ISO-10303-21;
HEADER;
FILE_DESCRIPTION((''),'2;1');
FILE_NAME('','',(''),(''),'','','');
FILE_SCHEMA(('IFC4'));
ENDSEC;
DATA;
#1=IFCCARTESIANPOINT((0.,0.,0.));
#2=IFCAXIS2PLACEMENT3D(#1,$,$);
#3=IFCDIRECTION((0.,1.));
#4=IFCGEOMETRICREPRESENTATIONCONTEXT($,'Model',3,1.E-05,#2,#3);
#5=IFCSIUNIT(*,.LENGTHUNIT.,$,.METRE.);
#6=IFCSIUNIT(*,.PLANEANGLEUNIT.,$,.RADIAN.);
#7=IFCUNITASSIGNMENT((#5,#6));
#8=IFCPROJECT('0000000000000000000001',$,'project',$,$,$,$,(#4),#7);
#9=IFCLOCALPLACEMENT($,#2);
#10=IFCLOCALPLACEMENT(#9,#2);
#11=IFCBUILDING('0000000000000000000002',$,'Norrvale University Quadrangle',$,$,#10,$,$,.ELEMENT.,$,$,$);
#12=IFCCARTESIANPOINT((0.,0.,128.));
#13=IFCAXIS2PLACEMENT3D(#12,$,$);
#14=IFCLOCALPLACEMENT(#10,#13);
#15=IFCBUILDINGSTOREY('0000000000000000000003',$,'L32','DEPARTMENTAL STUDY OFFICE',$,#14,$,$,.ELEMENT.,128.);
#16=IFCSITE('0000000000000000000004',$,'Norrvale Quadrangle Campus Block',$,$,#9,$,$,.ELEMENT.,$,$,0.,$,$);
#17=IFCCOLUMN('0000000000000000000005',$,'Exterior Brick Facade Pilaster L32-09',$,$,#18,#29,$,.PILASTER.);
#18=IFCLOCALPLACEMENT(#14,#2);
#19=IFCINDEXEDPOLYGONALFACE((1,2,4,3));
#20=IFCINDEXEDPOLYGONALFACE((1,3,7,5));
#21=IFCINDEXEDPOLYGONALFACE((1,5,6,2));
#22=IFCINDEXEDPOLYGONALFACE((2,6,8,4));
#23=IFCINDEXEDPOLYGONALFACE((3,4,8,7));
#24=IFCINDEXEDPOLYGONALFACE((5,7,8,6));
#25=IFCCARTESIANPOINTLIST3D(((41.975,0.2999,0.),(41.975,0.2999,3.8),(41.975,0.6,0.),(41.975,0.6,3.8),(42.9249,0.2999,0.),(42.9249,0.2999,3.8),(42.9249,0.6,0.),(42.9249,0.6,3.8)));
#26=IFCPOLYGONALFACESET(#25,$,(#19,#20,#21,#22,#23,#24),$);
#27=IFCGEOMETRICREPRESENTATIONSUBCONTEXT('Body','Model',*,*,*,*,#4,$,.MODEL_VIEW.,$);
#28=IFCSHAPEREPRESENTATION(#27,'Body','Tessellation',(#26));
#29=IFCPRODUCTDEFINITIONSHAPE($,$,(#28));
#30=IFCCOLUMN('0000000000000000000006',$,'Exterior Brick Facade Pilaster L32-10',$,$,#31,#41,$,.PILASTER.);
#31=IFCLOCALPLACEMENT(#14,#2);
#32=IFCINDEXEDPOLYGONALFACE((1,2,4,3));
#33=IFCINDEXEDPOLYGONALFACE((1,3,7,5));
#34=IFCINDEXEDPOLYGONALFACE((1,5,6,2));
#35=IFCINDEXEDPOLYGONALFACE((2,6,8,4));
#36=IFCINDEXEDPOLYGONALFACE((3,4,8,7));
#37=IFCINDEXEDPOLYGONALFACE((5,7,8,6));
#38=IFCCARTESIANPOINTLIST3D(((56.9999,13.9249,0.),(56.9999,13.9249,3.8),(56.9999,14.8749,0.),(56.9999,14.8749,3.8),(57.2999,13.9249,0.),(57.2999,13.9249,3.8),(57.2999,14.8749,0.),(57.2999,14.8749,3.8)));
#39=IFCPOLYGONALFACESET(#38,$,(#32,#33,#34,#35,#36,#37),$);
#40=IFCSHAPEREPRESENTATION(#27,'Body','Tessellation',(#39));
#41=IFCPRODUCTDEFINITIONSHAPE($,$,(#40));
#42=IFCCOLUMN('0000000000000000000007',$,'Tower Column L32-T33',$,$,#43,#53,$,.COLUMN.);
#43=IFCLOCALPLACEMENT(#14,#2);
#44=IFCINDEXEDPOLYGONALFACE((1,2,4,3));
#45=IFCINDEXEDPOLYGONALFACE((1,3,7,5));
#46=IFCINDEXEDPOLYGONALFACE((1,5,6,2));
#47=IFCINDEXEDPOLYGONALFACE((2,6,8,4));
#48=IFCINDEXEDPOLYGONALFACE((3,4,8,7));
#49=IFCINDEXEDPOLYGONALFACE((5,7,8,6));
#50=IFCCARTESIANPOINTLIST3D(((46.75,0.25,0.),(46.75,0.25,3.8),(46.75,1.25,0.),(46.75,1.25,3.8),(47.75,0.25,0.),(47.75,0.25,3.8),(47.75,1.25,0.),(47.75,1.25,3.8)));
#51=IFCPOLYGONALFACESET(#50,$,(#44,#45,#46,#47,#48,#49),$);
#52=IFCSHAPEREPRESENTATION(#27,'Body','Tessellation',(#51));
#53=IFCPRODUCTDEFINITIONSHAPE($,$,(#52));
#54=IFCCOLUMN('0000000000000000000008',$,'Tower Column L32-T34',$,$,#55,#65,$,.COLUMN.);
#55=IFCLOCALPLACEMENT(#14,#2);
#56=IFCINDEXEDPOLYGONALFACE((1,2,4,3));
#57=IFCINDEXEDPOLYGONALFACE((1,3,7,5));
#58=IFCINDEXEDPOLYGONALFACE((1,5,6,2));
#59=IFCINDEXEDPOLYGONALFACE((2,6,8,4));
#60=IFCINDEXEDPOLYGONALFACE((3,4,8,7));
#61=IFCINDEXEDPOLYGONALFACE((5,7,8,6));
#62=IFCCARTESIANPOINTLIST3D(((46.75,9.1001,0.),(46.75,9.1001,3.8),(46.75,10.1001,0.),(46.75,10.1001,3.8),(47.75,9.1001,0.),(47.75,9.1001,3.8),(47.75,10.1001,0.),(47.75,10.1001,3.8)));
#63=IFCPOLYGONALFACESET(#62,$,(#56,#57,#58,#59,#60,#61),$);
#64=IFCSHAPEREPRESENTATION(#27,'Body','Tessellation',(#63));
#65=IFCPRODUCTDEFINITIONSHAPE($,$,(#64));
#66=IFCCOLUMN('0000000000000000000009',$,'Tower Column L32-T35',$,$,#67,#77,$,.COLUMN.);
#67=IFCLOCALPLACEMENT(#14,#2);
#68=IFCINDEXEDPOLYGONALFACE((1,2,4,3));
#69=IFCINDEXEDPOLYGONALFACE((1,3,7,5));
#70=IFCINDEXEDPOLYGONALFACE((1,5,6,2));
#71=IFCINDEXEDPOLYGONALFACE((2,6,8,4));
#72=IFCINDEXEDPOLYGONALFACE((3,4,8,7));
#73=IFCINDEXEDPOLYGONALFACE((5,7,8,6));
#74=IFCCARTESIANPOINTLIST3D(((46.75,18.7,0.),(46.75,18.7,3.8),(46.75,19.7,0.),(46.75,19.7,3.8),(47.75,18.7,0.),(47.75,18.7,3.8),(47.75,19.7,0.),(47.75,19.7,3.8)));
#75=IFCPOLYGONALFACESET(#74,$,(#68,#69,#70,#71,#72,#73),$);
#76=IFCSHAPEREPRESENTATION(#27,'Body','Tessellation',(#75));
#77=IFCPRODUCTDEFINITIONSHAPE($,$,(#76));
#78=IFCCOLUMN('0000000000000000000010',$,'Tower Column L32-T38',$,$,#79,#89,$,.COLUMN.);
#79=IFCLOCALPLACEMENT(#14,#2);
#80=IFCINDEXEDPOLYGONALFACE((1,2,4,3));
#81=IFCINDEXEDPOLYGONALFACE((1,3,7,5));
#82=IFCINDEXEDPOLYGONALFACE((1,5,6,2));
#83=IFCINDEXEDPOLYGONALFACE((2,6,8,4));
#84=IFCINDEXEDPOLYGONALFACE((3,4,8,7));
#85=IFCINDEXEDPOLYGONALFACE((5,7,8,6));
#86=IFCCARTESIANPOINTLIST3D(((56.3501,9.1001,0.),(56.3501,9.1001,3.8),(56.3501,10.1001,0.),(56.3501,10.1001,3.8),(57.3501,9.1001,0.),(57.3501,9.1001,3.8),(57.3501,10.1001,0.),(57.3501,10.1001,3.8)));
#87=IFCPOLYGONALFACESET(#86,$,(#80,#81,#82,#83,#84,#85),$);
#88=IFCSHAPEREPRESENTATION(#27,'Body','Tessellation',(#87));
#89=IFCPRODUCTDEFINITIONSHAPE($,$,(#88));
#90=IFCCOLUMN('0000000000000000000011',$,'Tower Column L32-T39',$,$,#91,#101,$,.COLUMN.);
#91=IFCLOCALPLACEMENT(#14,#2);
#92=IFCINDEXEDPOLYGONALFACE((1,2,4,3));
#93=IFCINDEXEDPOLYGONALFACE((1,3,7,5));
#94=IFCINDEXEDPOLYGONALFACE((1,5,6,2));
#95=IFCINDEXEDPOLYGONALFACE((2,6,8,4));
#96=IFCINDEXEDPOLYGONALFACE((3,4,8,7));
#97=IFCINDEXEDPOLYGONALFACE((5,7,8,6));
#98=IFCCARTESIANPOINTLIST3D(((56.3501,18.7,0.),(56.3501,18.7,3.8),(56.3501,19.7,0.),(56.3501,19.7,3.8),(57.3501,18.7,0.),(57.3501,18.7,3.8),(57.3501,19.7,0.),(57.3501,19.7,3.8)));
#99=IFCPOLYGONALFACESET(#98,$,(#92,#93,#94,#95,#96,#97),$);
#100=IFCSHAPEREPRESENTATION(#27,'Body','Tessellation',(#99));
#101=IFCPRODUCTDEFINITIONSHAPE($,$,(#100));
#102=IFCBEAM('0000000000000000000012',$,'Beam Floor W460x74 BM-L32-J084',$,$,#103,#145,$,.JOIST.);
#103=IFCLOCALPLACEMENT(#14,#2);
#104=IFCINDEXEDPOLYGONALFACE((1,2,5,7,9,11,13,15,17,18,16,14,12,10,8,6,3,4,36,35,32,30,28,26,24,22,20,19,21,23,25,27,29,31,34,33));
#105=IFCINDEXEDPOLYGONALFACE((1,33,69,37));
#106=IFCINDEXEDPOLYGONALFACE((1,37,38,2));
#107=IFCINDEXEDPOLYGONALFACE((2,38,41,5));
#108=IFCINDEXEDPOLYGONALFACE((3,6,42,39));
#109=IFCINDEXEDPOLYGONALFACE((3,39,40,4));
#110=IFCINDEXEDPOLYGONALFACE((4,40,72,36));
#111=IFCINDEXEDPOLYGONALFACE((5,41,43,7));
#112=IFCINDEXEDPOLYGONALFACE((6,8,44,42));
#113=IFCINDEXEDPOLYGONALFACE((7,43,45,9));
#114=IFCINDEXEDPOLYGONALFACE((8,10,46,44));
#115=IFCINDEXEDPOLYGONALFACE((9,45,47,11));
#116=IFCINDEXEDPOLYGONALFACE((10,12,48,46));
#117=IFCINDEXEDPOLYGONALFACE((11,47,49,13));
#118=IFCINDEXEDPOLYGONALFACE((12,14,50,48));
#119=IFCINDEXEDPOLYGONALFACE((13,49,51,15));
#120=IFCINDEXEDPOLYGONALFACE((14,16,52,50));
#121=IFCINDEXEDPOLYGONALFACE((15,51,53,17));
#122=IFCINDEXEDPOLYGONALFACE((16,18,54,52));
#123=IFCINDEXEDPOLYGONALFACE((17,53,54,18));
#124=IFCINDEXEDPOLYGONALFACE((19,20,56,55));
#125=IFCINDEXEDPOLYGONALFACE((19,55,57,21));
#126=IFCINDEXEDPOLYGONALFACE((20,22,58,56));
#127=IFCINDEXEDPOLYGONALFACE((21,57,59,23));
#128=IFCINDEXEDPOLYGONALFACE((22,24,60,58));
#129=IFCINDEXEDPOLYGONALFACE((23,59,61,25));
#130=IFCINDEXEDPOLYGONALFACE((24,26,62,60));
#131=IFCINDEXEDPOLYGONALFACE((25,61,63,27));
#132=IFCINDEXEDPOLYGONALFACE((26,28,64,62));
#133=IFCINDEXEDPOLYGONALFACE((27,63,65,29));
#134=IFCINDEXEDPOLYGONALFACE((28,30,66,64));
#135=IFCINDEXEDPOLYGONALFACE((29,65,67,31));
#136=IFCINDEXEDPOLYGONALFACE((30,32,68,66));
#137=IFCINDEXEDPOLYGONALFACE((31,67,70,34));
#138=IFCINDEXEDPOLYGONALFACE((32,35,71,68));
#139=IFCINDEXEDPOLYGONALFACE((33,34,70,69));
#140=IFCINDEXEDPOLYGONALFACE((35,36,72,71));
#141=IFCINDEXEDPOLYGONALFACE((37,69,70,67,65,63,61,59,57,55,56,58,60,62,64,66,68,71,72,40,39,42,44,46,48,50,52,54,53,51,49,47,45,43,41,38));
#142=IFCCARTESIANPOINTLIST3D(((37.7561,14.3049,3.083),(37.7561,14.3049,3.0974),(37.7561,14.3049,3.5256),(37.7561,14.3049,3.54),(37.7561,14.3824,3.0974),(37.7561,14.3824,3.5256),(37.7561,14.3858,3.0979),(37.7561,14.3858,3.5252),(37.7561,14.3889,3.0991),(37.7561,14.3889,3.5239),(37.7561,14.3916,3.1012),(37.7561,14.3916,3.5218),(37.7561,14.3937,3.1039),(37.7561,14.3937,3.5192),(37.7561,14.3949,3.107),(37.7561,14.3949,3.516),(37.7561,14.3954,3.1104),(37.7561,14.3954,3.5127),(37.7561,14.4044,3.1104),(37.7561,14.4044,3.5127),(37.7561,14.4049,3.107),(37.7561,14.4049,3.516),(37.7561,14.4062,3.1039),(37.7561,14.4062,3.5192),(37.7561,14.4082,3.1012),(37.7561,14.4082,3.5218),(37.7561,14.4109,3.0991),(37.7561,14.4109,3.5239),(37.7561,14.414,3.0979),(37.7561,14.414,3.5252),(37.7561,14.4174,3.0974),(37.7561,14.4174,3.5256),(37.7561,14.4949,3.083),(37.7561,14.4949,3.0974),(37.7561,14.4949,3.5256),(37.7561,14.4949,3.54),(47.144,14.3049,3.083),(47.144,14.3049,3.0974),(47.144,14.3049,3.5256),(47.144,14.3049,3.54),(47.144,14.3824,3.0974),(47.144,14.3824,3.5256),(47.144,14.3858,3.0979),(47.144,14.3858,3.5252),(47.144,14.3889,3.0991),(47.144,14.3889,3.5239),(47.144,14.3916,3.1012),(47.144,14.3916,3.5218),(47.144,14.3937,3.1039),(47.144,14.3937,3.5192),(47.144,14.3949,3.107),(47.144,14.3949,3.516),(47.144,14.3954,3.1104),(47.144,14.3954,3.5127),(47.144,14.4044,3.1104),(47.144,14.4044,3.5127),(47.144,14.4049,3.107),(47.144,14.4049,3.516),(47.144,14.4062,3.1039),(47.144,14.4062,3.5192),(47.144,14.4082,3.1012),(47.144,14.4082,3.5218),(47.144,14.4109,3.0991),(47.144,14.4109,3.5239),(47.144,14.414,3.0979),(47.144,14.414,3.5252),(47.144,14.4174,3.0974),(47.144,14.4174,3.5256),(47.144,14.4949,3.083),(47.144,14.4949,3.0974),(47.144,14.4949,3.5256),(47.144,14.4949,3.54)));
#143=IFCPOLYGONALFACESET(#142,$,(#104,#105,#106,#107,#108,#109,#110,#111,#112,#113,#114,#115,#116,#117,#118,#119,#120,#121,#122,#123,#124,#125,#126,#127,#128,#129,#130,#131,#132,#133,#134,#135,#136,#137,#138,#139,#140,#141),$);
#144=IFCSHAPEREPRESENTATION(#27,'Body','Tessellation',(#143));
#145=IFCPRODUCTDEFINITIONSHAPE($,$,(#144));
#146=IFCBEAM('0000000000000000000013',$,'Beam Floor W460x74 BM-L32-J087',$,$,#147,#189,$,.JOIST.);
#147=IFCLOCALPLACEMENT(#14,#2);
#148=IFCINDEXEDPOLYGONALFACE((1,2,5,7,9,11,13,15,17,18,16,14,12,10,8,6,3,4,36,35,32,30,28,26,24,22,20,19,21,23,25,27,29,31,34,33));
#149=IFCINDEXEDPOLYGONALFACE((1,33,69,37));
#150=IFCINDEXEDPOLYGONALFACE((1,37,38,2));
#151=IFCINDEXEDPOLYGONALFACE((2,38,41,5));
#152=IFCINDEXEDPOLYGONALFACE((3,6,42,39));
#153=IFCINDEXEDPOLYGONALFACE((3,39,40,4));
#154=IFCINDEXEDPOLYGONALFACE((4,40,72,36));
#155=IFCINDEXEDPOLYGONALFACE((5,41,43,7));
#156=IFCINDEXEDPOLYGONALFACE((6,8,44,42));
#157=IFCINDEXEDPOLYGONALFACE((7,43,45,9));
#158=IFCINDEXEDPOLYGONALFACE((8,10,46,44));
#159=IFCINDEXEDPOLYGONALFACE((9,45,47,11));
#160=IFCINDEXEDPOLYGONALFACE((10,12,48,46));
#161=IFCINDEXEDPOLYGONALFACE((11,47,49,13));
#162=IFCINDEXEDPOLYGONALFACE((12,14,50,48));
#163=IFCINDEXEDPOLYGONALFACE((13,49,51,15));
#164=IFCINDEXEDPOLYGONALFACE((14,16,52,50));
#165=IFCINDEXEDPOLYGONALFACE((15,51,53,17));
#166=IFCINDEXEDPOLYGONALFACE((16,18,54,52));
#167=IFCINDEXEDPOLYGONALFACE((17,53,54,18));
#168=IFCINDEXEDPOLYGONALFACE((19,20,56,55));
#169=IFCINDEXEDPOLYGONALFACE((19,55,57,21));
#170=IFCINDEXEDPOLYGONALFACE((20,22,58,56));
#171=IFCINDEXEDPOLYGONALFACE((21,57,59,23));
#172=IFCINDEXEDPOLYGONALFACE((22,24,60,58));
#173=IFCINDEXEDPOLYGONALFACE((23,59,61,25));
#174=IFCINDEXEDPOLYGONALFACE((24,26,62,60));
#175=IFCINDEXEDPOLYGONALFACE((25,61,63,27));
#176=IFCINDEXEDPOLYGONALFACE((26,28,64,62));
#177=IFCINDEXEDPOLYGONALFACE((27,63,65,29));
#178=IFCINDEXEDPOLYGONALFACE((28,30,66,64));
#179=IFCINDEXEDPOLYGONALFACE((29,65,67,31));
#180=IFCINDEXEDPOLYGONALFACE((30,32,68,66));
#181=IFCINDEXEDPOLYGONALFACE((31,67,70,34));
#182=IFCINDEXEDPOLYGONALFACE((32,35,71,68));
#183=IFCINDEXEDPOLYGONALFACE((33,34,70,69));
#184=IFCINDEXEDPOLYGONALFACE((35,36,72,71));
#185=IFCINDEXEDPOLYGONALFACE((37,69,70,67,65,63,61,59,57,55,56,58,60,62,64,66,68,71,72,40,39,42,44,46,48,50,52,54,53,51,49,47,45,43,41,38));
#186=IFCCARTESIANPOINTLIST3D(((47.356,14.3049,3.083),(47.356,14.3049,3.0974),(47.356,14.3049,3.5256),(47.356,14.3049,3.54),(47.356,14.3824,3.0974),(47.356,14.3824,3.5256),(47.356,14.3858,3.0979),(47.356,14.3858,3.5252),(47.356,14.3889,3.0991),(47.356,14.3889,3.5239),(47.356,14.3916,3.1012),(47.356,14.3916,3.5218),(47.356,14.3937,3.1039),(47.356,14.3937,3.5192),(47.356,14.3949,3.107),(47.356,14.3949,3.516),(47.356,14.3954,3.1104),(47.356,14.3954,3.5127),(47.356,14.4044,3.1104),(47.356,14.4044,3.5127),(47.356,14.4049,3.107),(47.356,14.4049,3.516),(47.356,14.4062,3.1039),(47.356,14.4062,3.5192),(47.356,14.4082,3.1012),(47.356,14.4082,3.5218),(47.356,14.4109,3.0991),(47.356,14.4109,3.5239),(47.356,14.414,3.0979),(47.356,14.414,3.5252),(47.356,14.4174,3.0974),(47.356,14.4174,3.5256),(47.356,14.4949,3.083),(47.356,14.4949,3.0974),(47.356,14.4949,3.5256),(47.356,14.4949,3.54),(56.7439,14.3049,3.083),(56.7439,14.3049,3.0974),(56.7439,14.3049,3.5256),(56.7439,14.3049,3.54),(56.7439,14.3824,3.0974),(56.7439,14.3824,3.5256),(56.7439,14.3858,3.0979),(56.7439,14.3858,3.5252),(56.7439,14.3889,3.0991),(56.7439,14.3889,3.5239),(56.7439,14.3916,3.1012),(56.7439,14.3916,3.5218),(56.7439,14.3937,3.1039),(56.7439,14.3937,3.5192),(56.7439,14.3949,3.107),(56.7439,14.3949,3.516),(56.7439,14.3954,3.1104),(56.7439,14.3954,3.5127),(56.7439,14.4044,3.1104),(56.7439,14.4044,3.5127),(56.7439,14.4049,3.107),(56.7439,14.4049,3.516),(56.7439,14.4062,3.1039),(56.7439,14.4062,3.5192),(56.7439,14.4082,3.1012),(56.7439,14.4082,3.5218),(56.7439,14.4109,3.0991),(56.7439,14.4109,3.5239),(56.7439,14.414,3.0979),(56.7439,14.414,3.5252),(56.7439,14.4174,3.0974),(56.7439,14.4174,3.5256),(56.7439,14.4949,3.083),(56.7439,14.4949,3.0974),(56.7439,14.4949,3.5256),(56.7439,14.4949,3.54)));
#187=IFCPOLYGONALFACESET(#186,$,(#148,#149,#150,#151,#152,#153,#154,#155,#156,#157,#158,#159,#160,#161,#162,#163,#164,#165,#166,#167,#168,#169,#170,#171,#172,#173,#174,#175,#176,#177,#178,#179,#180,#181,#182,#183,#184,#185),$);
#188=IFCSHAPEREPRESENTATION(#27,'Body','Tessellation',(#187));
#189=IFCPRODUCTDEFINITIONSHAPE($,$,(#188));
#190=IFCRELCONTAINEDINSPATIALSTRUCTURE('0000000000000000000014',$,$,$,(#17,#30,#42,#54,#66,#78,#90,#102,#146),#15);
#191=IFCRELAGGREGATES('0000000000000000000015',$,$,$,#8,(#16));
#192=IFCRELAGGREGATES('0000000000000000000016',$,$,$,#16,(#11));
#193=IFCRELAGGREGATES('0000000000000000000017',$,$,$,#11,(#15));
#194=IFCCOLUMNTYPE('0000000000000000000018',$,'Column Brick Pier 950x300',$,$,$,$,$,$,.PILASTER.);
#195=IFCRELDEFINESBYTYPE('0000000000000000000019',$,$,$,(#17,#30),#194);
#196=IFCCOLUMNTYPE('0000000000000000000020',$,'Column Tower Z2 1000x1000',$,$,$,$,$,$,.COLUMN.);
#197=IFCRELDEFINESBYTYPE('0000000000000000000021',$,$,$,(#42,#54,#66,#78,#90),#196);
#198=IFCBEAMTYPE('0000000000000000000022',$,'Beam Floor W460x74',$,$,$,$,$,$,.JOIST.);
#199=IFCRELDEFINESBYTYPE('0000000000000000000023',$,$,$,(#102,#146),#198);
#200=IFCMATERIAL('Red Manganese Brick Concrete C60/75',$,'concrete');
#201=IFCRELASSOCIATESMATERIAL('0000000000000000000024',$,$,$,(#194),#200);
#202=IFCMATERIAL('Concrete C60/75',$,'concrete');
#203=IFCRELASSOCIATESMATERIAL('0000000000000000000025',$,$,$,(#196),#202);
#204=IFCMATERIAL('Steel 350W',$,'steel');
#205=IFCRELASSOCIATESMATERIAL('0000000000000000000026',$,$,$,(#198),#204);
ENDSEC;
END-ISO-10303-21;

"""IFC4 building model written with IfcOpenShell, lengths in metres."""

from ifc_helpers import new_model, si_unit, direction, frame, origin, origin_2d, place, context, subcontext, project, spatial, rectangle, i_section, extrude, material, material_profile, profile_set, type_object, element, save


model = new_model("IFC4")

# Units and contexts
model_context = context("Model", 3, precision=1e-05, world=origin(), true_north=direction((0.0, 1.0)))
body_context = subcontext(model_context, "Body", "Model", "MODEL_VIEW")
ifc_project = project(units=[si_unit("LENGTHUNIT", "METRE"), si_unit("PLANEANGLEUNIT", "RADIAN")], contexts=[model_context])

# Site, building, storey
site_placement = place(None, origin())
site = spatial("IfcSite", under=ifc_project, at=site_placement, Name="Norrvale Quadrangle Campus Block", CompositionType="ELEMENT", RefElevation=0.0)
building_placement = place(site_placement, origin())
building = spatial("IfcBuilding", under=site, at=building_placement, Name="Norrvale University Quadrangle", CompositionType="ELEMENT")
storey_placement = place(building_placement, frame((0.0, 0.0, 128.0)))
storey = spatial("IfcBuildingStorey", under=building, at=storey_placement, Name="L32", Description="DEPARTMENTAL STUDY OFFICE", CompositionType="ELEMENT", Elevation=128.0)

# Columns
ifc_material_1 = material(Name="Red Manganese Brick Concrete C60/75", Category="concrete")
ifc_material_profile_1 = material_profile(ifc_material_1, rectangle(XDim=0.95, YDim=0.3, at=origin_2d()), Name="Red Manganese Brick Concrete C60/75")
ifc_profile_set_1 = profile_set([ifc_material_profile_1], Name="Red Manganese Brick Concrete C60/75")
column_type_1 = type_object("IfcColumnType", Name="Column Brick Pier 950x300", PredefinedType="PILASTER", material=ifc_profile_set_1)
for number, where, z_axis, x_axis, name in (
    (1, (42.45, 0.45, 0.0), (0.0, 0.0, 1.0), (1.0, 0.0, 0.0), "Exterior Brick Facade Pilaster L32-09"),
    (2, (57.1499, 14.3999, 0.0), (0.0, 0.0, 1.0), (0.0, 1.0, 0.0), "Exterior Brick Facade Pilaster L32-10"),
):
    element("IfcColumn", number, at=place(storey_placement, frame(where, z_axis=z_axis, x_axis=x_axis)), inside=storey, type_object=column_type_1, Name=name, PredefinedType="PILASTER", context=body_context, shape_type="SweptSolid", body=[
        extrude(rectangle(XDim=0.95, YDim=0.3, at=origin_2d()), origin(), (0.0, 0.0, 1.0), 3.8),
    ])
ifc_material_2 = material(Name="Concrete C60/75", Category="concrete")
ifc_material_profile_2 = material_profile(ifc_material_2, rectangle(XDim=1.0, YDim=1.0, at=origin_2d()), Name="Concrete C60/75")
ifc_profile_set_2 = profile_set([ifc_material_profile_2], Name="Concrete C60/75")
column_type_2 = type_object("IfcColumnType", Name="Column Tower Z2 1000x1000", PredefinedType="COLUMN", material=ifc_profile_set_2)
for number, where, z_axis, x_axis, name in (
    (3, (47.25, 0.75, 0.0), (0.0, 0.0, 1.0), (1.0, 0.0, 0.0), "Tower Column L32-T33"),
    (4, (47.25, 9.6001, 0.0), (0.0, 0.0, 1.0), (1.0, 0.0, 0.0), "Tower Column L32-T34"),
    (5, (47.25, 19.2, 0.0), (0.0, 0.0, 1.0), (1.0, 0.0, 0.0), "Tower Column L32-T35"),
    (6, (56.8501, 9.6001, 0.0), (0.0, 0.0, 1.0), (1.0, 0.0, 0.0), "Tower Column L32-T38"),
    (7, (56.8501, 19.2, 0.0), (0.0, 0.0, 1.0), (1.0, 0.0, 0.0), "Tower Column L32-T39"),
):
    element("IfcColumn", number, at=place(storey_placement, frame(where, z_axis=z_axis, x_axis=x_axis)), inside=storey, type_object=column_type_2, Name=name, PredefinedType="COLUMN", context=body_context, shape_type="SweptSolid", body=[
        extrude(rectangle(XDim=1.0, YDim=1.0, at=origin_2d()), origin(), (0.0, 0.0, 1.0), 3.8),
    ])

# Beams
ifc_material_3 = material(Name="Steel 350W", Category="steel")
ifc_material_profile_3 = material_profile(ifc_material_3, i_section(OverallWidth=0.1899, OverallDepth=0.457, WebThickness=0.009, FlangeThickness=0.0144, FilletRadius=0.0129, at=origin_2d()), Name="Steel 350W")
ifc_profile_set_3 = profile_set([ifc_material_profile_3], Name="Steel 350W")
beam_type_1 = type_object("IfcBeamType", Name="Beam Floor W460x74", PredefinedType="JOIST", material=ifc_profile_set_3)
for number, where, z_axis, x_axis, name in (
    (8, (37.7561, 14.3999, 3.3115), (1.0, 0.0, 0.0), (0.0, 1.0, 0.0), "Beam Floor W460x74 BM-L32-J084"),
    (9, (47.356, 14.3999, 3.3115), (1.0, 0.0, 0.0), (0.0, 1.0, 0.0), "Beam Floor W460x74 BM-L32-J087"),
):
    element("IfcBeam", number, at=place(storey_placement, frame(where, z_axis=z_axis, x_axis=x_axis)), inside=storey, type_object=beam_type_1, Name=name, PredefinedType="JOIST", context=body_context, shape_type="SweptSolid", body=[
        extrude(i_section(OverallWidth=0.1899, OverallDepth=0.457, WebThickness=0.009, FlangeThickness=0.0144, FilletRadius=0.0129, at=origin_2d()), origin(), (0.0, 0.0, 1.0), 9.3879),
    ])

save(model, "model.ifc")
